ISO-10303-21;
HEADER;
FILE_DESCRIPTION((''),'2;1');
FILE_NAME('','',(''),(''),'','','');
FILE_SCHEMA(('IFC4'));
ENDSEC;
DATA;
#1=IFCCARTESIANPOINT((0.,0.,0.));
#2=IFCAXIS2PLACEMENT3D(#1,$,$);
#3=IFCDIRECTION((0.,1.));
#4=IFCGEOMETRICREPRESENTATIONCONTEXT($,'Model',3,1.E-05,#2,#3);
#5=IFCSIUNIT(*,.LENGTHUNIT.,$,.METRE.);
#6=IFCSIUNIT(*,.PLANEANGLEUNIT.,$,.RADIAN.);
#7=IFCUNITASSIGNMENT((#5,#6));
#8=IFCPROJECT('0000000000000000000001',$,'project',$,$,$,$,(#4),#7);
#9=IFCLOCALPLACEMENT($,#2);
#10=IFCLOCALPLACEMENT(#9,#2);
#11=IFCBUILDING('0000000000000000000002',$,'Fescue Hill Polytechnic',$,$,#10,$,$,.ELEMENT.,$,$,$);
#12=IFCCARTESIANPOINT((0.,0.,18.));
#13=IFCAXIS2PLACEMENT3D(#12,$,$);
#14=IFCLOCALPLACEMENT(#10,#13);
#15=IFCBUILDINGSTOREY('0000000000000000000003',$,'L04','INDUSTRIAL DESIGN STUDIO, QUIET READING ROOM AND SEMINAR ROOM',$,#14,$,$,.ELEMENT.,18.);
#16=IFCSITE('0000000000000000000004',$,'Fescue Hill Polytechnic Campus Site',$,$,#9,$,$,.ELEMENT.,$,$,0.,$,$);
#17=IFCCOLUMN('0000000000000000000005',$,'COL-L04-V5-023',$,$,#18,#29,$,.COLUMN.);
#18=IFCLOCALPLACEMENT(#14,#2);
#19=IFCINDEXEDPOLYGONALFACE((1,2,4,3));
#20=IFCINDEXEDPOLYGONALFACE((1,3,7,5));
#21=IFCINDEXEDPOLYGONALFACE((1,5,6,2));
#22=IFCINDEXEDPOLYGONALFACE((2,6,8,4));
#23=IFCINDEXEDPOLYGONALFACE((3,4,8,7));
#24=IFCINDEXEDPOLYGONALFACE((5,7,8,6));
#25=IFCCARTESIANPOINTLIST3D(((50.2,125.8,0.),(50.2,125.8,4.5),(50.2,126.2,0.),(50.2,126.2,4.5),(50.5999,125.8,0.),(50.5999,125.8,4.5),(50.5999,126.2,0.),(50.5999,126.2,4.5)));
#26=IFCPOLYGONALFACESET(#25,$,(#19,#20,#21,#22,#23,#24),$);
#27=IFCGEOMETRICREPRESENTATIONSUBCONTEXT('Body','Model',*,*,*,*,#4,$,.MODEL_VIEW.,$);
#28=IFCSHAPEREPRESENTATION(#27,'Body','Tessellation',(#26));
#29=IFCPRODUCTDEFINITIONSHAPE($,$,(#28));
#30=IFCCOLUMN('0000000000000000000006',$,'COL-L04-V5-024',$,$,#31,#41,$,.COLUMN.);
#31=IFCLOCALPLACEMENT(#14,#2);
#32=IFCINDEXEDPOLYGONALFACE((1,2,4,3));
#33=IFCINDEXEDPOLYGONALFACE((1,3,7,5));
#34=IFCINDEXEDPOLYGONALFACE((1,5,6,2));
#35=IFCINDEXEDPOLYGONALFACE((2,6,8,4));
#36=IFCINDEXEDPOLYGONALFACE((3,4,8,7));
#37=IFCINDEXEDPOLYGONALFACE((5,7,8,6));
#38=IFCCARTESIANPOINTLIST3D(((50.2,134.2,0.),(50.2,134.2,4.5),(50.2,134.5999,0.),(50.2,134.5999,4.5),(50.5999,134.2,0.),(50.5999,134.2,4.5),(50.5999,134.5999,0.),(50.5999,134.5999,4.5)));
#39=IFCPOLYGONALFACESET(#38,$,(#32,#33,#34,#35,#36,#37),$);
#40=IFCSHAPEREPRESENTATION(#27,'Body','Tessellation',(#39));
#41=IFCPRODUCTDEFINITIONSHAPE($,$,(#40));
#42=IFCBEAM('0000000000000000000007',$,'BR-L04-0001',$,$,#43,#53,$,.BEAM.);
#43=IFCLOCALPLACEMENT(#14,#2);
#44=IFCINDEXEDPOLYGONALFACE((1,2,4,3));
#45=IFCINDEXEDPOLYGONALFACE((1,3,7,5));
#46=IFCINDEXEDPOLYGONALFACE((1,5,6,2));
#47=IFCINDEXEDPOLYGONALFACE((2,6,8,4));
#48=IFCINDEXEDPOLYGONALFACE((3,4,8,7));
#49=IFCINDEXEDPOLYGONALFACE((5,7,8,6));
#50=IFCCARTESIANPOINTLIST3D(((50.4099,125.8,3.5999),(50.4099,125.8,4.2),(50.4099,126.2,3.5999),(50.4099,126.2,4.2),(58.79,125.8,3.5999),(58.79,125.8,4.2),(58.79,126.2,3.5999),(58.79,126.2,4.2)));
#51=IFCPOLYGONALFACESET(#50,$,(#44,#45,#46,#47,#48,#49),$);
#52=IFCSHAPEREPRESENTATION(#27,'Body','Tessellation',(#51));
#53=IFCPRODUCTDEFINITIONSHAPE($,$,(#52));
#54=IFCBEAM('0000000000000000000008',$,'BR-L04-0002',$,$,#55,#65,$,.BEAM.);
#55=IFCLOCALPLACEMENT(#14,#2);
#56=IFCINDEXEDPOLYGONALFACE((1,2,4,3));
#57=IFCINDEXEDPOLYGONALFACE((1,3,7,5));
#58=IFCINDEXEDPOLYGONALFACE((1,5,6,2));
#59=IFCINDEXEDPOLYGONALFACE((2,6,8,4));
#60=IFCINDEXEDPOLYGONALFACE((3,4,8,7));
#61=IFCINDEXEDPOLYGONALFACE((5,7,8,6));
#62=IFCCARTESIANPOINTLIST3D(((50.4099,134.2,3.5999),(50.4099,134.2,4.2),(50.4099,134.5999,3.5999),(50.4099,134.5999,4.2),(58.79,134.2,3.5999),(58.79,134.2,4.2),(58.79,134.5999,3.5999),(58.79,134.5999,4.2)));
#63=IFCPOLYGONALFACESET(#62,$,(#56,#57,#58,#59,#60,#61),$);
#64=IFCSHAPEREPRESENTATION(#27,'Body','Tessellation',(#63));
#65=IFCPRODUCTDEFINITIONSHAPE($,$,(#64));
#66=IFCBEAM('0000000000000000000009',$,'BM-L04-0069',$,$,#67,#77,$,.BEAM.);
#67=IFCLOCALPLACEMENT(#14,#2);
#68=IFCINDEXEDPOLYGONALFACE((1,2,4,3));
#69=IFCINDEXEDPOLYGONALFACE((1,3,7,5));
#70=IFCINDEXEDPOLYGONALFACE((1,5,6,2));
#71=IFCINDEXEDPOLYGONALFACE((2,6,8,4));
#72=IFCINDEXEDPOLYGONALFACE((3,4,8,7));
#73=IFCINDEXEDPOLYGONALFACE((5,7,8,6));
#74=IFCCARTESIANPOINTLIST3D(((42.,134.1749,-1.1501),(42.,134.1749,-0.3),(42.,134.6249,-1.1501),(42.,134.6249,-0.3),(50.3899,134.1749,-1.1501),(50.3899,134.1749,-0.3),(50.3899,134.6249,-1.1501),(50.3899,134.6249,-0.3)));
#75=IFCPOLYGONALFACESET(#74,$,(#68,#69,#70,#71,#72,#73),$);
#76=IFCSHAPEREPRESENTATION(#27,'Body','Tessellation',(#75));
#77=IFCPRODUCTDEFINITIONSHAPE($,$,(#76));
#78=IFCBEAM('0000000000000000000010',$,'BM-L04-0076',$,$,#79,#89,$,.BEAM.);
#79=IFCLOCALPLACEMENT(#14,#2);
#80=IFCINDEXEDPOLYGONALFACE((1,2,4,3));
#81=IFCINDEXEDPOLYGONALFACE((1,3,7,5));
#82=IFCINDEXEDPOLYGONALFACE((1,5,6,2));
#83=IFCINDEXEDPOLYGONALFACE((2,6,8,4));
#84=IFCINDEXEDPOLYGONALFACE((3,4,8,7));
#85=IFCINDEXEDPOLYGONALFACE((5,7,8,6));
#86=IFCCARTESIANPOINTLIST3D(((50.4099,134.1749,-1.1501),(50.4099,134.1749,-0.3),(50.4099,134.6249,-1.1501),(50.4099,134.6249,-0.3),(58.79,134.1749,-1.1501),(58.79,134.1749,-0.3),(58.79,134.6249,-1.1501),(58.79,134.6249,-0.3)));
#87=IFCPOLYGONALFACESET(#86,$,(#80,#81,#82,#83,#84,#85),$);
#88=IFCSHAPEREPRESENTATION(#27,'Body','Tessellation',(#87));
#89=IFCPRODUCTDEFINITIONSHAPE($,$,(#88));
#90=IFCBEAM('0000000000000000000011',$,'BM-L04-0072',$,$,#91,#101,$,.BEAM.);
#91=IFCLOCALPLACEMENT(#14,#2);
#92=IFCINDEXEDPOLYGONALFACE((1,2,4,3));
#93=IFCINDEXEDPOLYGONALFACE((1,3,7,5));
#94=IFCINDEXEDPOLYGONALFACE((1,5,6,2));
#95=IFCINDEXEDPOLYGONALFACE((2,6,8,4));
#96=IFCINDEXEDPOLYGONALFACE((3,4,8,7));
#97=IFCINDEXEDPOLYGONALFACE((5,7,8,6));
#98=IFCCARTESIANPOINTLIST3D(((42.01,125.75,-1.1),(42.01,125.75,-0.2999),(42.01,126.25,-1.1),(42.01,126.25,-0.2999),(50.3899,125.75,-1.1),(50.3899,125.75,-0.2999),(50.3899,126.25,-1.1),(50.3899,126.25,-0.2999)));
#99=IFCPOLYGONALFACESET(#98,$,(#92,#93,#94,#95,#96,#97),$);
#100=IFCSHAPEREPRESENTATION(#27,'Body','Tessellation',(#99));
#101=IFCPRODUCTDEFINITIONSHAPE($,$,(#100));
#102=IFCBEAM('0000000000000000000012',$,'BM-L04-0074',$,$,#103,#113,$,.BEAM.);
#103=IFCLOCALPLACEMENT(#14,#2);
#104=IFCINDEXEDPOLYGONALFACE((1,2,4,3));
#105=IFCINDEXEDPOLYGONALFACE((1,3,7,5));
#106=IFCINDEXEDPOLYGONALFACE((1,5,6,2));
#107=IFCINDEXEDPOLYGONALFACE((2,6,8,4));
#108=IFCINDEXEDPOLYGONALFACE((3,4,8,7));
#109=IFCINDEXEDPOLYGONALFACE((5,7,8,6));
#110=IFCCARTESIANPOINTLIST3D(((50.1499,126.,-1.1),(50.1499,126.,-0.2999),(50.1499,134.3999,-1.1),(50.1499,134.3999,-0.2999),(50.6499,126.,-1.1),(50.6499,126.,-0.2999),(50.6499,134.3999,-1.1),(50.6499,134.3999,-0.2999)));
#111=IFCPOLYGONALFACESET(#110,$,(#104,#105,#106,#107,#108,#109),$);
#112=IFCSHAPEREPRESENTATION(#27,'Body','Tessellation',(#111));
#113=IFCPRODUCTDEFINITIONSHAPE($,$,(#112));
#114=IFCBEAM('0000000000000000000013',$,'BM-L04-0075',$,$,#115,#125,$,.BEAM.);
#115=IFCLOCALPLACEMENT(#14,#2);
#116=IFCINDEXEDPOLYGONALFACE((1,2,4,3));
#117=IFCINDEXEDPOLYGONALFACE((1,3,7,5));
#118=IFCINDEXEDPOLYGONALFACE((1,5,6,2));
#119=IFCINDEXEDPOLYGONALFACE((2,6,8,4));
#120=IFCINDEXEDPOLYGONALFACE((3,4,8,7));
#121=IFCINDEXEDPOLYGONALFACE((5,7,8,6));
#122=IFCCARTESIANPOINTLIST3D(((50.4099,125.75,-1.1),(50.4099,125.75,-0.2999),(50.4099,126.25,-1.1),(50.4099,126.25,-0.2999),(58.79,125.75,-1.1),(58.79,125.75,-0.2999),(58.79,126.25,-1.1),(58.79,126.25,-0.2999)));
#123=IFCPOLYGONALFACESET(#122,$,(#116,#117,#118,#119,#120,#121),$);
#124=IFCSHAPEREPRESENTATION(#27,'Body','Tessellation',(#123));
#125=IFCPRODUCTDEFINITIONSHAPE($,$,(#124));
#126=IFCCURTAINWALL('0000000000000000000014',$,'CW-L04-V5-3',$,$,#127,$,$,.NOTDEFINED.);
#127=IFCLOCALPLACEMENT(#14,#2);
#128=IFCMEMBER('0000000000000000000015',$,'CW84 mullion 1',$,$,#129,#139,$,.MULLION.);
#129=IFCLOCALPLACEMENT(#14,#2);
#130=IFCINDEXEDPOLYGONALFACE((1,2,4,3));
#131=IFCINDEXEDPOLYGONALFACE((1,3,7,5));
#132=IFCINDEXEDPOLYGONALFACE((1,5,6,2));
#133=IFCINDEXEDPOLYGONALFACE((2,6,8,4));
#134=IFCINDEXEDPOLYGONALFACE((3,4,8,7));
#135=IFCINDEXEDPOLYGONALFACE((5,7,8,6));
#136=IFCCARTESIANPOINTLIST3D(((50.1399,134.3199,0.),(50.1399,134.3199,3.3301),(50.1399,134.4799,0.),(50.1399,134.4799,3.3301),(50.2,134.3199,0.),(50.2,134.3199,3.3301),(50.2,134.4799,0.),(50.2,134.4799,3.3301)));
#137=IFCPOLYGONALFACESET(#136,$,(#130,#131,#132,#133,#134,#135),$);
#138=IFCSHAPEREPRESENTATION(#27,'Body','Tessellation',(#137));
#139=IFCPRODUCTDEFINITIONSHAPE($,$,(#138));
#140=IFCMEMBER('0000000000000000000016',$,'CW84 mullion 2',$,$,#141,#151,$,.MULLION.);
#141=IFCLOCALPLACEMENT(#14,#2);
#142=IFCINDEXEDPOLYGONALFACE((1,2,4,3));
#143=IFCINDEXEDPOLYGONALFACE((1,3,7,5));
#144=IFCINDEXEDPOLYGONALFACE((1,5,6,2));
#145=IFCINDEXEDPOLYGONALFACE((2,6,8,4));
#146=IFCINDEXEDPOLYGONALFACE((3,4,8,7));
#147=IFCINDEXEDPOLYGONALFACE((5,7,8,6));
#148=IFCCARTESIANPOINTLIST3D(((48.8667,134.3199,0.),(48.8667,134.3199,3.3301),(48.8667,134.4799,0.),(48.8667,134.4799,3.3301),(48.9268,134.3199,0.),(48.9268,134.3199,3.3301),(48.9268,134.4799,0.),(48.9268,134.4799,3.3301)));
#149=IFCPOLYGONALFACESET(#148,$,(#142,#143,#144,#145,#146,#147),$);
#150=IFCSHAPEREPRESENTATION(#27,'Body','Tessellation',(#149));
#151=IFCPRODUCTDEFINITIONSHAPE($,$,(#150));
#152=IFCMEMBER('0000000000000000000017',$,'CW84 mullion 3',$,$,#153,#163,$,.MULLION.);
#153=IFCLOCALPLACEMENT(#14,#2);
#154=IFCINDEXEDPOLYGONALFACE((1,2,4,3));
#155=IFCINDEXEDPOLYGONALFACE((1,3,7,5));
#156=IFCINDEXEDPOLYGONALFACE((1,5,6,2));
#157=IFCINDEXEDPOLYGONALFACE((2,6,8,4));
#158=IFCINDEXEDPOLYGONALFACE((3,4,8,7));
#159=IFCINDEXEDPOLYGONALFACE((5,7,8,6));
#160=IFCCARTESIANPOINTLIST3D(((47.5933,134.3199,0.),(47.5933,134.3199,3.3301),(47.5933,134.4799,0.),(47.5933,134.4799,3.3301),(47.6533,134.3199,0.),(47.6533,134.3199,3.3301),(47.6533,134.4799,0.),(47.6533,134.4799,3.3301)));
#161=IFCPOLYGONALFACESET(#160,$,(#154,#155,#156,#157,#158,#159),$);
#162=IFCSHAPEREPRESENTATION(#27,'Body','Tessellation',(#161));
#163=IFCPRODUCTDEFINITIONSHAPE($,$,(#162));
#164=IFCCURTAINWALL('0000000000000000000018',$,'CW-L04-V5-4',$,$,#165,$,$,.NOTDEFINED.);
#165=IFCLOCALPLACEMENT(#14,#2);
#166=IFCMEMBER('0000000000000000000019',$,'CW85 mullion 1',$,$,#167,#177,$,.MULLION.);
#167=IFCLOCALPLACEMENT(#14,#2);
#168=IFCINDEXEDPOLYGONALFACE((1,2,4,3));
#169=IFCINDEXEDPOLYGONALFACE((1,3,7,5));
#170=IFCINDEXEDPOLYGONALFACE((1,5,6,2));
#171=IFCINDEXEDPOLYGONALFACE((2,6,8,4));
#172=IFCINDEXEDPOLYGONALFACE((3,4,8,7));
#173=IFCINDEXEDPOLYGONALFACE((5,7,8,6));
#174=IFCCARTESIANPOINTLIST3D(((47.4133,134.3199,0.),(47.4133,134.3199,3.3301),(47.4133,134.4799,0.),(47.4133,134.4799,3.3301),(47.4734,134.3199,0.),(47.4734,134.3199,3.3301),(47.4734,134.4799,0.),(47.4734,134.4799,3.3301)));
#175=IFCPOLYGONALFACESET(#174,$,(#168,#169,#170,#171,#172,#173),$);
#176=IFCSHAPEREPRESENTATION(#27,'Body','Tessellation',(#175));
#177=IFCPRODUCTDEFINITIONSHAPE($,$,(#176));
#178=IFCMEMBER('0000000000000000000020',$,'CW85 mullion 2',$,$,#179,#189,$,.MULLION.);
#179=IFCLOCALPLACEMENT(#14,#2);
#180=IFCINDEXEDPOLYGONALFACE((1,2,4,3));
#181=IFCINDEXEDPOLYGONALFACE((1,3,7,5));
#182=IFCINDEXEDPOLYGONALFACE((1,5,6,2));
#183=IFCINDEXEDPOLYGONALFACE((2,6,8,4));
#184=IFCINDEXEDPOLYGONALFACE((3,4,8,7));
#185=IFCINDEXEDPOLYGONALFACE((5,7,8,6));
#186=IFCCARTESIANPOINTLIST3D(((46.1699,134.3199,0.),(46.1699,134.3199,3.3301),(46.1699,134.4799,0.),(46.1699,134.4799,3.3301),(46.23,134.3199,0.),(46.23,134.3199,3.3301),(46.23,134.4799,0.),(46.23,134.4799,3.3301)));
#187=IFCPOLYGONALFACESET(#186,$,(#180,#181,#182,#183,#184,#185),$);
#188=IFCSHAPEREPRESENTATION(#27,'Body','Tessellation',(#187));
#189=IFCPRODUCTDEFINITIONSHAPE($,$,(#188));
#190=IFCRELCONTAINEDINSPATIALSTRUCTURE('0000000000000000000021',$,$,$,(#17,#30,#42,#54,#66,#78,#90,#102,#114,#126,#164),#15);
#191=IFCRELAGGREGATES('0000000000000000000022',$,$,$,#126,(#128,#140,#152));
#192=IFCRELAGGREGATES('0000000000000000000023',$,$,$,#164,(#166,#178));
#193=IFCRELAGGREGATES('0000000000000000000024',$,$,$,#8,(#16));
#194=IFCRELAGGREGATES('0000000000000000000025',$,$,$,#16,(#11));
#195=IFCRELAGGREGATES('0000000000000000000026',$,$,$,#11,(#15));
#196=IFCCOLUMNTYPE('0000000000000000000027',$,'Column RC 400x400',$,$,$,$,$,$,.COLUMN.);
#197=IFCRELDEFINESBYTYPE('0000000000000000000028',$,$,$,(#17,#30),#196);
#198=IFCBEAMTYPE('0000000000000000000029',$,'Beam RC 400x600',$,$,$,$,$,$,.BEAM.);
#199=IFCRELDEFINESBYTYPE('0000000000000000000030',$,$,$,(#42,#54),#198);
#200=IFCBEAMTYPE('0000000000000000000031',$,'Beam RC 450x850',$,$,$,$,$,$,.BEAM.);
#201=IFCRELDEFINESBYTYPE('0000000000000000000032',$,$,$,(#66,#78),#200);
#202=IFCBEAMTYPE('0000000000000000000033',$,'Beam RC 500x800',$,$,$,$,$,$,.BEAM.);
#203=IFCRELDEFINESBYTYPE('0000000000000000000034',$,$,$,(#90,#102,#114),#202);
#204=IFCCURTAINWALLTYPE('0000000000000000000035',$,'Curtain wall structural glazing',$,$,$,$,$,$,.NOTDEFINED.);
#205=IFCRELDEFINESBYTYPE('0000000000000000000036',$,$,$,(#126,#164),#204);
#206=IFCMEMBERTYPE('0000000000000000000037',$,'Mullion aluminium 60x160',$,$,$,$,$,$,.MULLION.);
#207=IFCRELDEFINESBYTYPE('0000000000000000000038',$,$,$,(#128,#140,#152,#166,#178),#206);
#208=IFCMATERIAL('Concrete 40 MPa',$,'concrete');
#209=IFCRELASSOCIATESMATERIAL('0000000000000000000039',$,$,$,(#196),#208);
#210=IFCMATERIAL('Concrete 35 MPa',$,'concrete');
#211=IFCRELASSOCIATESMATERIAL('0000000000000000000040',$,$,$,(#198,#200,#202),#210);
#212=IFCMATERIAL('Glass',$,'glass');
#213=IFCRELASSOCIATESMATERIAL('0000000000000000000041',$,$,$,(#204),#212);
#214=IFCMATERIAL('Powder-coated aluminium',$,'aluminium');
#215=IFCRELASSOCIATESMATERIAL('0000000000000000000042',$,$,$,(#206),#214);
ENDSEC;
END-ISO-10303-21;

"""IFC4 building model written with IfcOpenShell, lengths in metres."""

from ifc_helpers import new_model, si_unit, direction, frame, origin, origin_2d, place, context, subcontext, project, spatial, rectangle, extrude, material, material_profile, profile_set, type_object, element, aggregate, save


model = new_model("IFC4")

# Units and contexts
model_context = context("Model", 3, precision=1e-05, world=origin(), true_north=direction((0.0, 1.0)))
body_context = subcontext(model_context, "Body", "Model", "MODEL_VIEW")
ifc_project = project(units=[si_unit("LENGTHUNIT", "METRE"), si_unit("PLANEANGLEUNIT", "RADIAN")], contexts=[model_context])

# Site, building, storey
site_placement = place(None, origin())
site = spatial("IfcSite", under=ifc_project, at=site_placement, Name="Fescue Hill Polytechnic Campus Site", CompositionType="ELEMENT", RefElevation=0.0)
building_placement = place(site_placement, origin())
building = spatial("IfcBuilding", under=site, at=building_placement, Name="Fescue Hill Polytechnic", CompositionType="ELEMENT")
storey_placement = place(building_placement, frame((0.0, 0.0, 18.0)))
storey = spatial("IfcBuildingStorey", under=building, at=storey_placement, Name="L04", Description="INDUSTRIAL DESIGN STUDIO, QUIET READING ROOM AND SEMINAR ROOM", CompositionType="ELEMENT", Elevation=18.0)

# Columns
ifc_material_1 = material(Name="Concrete 40 MPa", Category="concrete")
ifc_material_profile_1 = material_profile(ifc_material_1, rectangle(XDim=0.3999, YDim=0.3999, at=origin_2d()), Name="RC 400x400")
ifc_profile_set_1 = profile_set([ifc_material_profile_1], Name="Concrete 40 MPa")
column_type = type_object("IfcColumnType", Name="Column RC 400x400", PredefinedType="COLUMN", material=ifc_profile_set_1)
for number, where, z_axis, x_axis, name in (
    (1, (50.3999, 126.0, 0.0), (0.0, 0.0, 1.0), (1.0, 0.0, 0.0), "COL-L04-V5-023"),
    (2, (50.3999, 134.3999, 0.0), (0.0, 0.0, 1.0), (1.0, 0.0, 0.0), "COL-L04-V5-024"),
):
    element("IfcColumn", number, at=place(storey_placement, frame(where, z_axis=z_axis, x_axis=x_axis)), inside=storey, type_object=column_type, Name=name, PredefinedType="COLUMN", context=body_context, shape_type="SweptSolid", body=[
        extrude(rectangle(XDim=0.3999, YDim=0.3999, at=origin_2d()), origin(), (0.0, 0.0, 1.0), 4.5),
    ])

# Beams
ifc_material_2 = material(Name="Concrete 35 MPa", Category="concrete")
ifc_material_profile_2 = material_profile(ifc_material_2, rectangle(XDim=0.3999, YDim=0.6001, at=origin_2d()), Name="RC 400x600")
ifc_profile_set_2 = profile_set([ifc_material_profile_2], Name="Concrete 35 MPa")
beam_type_1 = type_object("IfcBeamType", Name="Beam RC 400x600", PredefinedType="BEAM", material=ifc_profile_set_2)
for number, where, z_axis, x_axis, name in (
    (3, (50.4099, 126.0, 3.8999), (1.0, 0.0, 0.0), (0.0, 1.0, 0.0), "BR-L04-0001"),
    (4, (50.4099, 134.3999, 3.8999), (1.0, 0.0, 0.0), (0.0, 1.0, 0.0), "BR-L04-0002"),
):
    element("IfcBeam", number, at=place(storey_placement, frame(where, z_axis=z_axis, x_axis=x_axis)), inside=storey, type_object=beam_type_1, Name=name, PredefinedType="BEAM", context=body_context, shape_type="SweptSolid", body=[
        extrude(rectangle(XDim=0.3999, YDim=0.6001, at=origin_2d()), origin(), (0.0, 0.0, 1.0), 8.3801),
    ])
ifc_material_profile_3 = material_profile(ifc_material_2, rectangle(XDim=0.45, YDim=0.8501, at=origin_2d()), Name="RC 450x850")
ifc_profile_set_3 = profile_set([ifc_material_profile_3], Name="Concrete 35 MPa")
beam_type_2 = type_object("IfcBeamType", Name="Beam RC 450x850", PredefinedType="BEAM", material=ifc_profile_set_3)
beam_1_placement = place(storey_placement, frame((42.0, 134.3999, -0.7251), z_axis=(1.0, 0.0, 0.0), x_axis=(0.0, 1.0, 0.0)))
element("IfcBeam", 5, at=beam_1_placement, inside=storey, type_object=beam_type_2, Name="BM-L04-0069", PredefinedType="BEAM", context=body_context, shape_type="SweptSolid", body=[
    extrude(rectangle(XDim=0.45, YDim=0.8501, at=origin_2d()), origin(), (0.0, 0.0, 1.0), 8.3899),
])
beam_2_placement = place(storey_placement, frame((50.4099, 134.3999, -0.7251), z_axis=(1.0, 0.0, 0.0), x_axis=(0.0, 1.0, 0.0)))
element("IfcBeam", 6, at=beam_2_placement, inside=storey, type_object=beam_type_2, Name="BM-L04-0076", PredefinedType="BEAM", context=body_context, shape_type="SweptSolid", body=[
    extrude(rectangle(XDim=0.45, YDim=0.8501, at=origin_2d()), origin(), (0.0, 0.0, 1.0), 8.3801),
])
ifc_material_profile_4 = material_profile(ifc_material_2, rectangle(XDim=0.5, YDim=0.8, at=origin_2d()), Name="RC 500x800")
ifc_profile_set_4 = profile_set([ifc_material_profile_4], Name="Concrete 35 MPa")
beam_type_3 = type_object("IfcBeamType", Name="Beam RC 500x800", PredefinedType="BEAM", material=ifc_profile_set_4)
beam_3_placement = place(storey_placement, frame((42.01, 126.0, -0.7), z_axis=(1.0, 0.0, 0.0), x_axis=(0.0, 1.0, 0.0)))
element("IfcBeam", 7, at=beam_3_placement, inside=storey, type_object=beam_type_3, Name="BM-L04-0072", PredefinedType="BEAM", context=body_context, shape_type="SweptSolid", body=[
    extrude(rectangle(XDim=0.5, YDim=0.8, at=origin_2d()), origin(), (0.0, 0.0, 1.0), 8.3799),
])
beam_4_placement = place(storey_placement, frame((50.3999, 126.0, -0.7), z_axis=(0.0, 1.0, 0.0), x_axis=(-1.0, 0.0, 0.0)))
element("IfcBeam", 8, at=beam_4_placement, inside=storey, type_object=beam_type_3, Name="BM-L04-0074", PredefinedType="BEAM", context=body_context, shape_type="SweptSolid", body=[
    extrude(rectangle(XDim=0.5, YDim=0.8, at=origin_2d()), origin(), (0.0, 0.0, 1.0), 8.3999),
])
beam_5_placement = place(storey_placement, frame((50.4099, 126.0, -0.7), z_axis=(1.0, 0.0, 0.0), x_axis=(0.0, 1.0, 0.0)))
element("IfcBeam", 9, at=beam_5_placement, inside=storey, type_object=beam_type_3, Name="BM-L04-0075", PredefinedType="BEAM", context=body_context, shape_type="SweptSolid", body=[
    extrude(rectangle(XDim=0.5, YDim=0.8, at=origin_2d()), origin(), (0.0, 0.0, 1.0), 8.3801),
])

# Curtain walls, members
ifc_material_3 = material(Name="Glass", Category="glass")
curtain_wall_type = type_object("IfcCurtainWallType", Name="Curtain wall structural glazing", PredefinedType="NOTDEFINED", material=ifc_material_3)
curtain_wall_1_placement = place(storey_placement, origin())
curtain_wall_1 = element("IfcCurtainWall", 10, at=curtain_wall_1_placement, inside=storey, type_object=curtain_wall_type, Name="CW-L04-V5-3", PredefinedType="NOTDEFINED")
ifc_material_4 = material(Name="Powder-coated aluminium", Category="aluminium")
ifc_material_profile_5 = material_profile(ifc_material_4, rectangle(XDim=0.1599, YDim=0.0601, at=origin_2d()), Name="Mullion aluminium 60x160")
ifc_profile_set_5 = profile_set([ifc_material_profile_5], Name="Powder-coated aluminium")
member_type_1 = type_object("IfcMemberType", Name="Mullion aluminium 60x160", PredefinedType="MULLION", material=ifc_profile_set_5)
member_1_placement = place(storey_placement, frame((50.1699, 134.3999, 0.0), z_axis=(0.0, 0.0, 1.0), x_axis=(0.0, -1.0, 0.0)))
member_1 = element("IfcMember", 11, at=member_1_placement, type_object=member_type_1, Name="CW84 mullion 1", PredefinedType="MULLION", context=body_context, shape_type="SweptSolid", body=[
    extrude(rectangle(XDim=0.1599, YDim=0.0601, at=origin_2d()), origin(), (0.0, 0.0, 1.0), 3.3301),
])
member_2_placement = place(storey_placement, frame((48.8967, 134.3999, 0.0), z_axis=(0.0, 0.0, 1.0), x_axis=(0.0, -1.0, 0.0)))
member_2 = element("IfcMember", 12, at=member_2_placement, type_object=member_type_1, Name="CW84 mullion 2", PredefinedType="MULLION", context=body_context, shape_type="SweptSolid", body=[
    extrude(rectangle(XDim=0.1599, YDim=0.0601, at=origin_2d()), origin(), (0.0, 0.0, 1.0), 3.3301),
])
member_3_placement = place(storey_placement, frame((47.6233, 134.3999, 0.0), z_axis=(0.0, 0.0, 1.0), x_axis=(0.0, -1.0, 0.0)))
member_3 = element("IfcMember", 13, at=member_3_placement, type_object=member_type_1, Name="CW84 mullion 3", PredefinedType="MULLION", context=body_context, shape_type="SweptSolid", body=[
    extrude(rectangle(XDim=0.1599, YDim=0.0601, at=origin_2d()), origin(), (0.0, 0.0, 1.0), 3.3301),
])
curtain_wall_2_placement = place(storey_placement, origin())
curtain_wall_2 = element("IfcCurtainWall", 14, at=curtain_wall_2_placement, inside=storey, type_object=curtain_wall_type, Name="CW-L04-V5-4", PredefinedType="NOTDEFINED")
member_4_placement = place(storey_placement, frame((47.4434, 134.3999, 0.0), z_axis=(0.0, 0.0, 1.0), x_axis=(0.0, -1.0, 0.0)))
member_4 = element("IfcMember", 15, at=member_4_placement, type_object=member_type_1, Name="CW85 mullion 1", PredefinedType="MULLION", context=body_context, shape_type="SweptSolid", body=[
    extrude(rectangle(XDim=0.1599, YDim=0.0601, at=origin_2d()), origin(), (0.0, 0.0, 1.0), 3.3301),
])
member_5_placement = place(storey_placement, frame((46.2, 134.3999, 0.0), z_axis=(0.0, 0.0, 1.0), x_axis=(0.0, -1.0, 0.0)))
member_5 = element("IfcMember", 16, at=member_5_placement, type_object=member_type_1, Name="CW85 mullion 2", PredefinedType="MULLION", context=body_context, shape_type="SweptSolid", body=[
    extrude(rectangle(XDim=0.1599, YDim=0.0601, at=origin_2d()), origin(), (0.0, 0.0, 1.0), 3.3301),
])

aggregate(curtain_wall_1, [member_1, member_2, member_3])
aggregate(curtain_wall_2, [member_4, member_5])

save(model, "model.ifc")
